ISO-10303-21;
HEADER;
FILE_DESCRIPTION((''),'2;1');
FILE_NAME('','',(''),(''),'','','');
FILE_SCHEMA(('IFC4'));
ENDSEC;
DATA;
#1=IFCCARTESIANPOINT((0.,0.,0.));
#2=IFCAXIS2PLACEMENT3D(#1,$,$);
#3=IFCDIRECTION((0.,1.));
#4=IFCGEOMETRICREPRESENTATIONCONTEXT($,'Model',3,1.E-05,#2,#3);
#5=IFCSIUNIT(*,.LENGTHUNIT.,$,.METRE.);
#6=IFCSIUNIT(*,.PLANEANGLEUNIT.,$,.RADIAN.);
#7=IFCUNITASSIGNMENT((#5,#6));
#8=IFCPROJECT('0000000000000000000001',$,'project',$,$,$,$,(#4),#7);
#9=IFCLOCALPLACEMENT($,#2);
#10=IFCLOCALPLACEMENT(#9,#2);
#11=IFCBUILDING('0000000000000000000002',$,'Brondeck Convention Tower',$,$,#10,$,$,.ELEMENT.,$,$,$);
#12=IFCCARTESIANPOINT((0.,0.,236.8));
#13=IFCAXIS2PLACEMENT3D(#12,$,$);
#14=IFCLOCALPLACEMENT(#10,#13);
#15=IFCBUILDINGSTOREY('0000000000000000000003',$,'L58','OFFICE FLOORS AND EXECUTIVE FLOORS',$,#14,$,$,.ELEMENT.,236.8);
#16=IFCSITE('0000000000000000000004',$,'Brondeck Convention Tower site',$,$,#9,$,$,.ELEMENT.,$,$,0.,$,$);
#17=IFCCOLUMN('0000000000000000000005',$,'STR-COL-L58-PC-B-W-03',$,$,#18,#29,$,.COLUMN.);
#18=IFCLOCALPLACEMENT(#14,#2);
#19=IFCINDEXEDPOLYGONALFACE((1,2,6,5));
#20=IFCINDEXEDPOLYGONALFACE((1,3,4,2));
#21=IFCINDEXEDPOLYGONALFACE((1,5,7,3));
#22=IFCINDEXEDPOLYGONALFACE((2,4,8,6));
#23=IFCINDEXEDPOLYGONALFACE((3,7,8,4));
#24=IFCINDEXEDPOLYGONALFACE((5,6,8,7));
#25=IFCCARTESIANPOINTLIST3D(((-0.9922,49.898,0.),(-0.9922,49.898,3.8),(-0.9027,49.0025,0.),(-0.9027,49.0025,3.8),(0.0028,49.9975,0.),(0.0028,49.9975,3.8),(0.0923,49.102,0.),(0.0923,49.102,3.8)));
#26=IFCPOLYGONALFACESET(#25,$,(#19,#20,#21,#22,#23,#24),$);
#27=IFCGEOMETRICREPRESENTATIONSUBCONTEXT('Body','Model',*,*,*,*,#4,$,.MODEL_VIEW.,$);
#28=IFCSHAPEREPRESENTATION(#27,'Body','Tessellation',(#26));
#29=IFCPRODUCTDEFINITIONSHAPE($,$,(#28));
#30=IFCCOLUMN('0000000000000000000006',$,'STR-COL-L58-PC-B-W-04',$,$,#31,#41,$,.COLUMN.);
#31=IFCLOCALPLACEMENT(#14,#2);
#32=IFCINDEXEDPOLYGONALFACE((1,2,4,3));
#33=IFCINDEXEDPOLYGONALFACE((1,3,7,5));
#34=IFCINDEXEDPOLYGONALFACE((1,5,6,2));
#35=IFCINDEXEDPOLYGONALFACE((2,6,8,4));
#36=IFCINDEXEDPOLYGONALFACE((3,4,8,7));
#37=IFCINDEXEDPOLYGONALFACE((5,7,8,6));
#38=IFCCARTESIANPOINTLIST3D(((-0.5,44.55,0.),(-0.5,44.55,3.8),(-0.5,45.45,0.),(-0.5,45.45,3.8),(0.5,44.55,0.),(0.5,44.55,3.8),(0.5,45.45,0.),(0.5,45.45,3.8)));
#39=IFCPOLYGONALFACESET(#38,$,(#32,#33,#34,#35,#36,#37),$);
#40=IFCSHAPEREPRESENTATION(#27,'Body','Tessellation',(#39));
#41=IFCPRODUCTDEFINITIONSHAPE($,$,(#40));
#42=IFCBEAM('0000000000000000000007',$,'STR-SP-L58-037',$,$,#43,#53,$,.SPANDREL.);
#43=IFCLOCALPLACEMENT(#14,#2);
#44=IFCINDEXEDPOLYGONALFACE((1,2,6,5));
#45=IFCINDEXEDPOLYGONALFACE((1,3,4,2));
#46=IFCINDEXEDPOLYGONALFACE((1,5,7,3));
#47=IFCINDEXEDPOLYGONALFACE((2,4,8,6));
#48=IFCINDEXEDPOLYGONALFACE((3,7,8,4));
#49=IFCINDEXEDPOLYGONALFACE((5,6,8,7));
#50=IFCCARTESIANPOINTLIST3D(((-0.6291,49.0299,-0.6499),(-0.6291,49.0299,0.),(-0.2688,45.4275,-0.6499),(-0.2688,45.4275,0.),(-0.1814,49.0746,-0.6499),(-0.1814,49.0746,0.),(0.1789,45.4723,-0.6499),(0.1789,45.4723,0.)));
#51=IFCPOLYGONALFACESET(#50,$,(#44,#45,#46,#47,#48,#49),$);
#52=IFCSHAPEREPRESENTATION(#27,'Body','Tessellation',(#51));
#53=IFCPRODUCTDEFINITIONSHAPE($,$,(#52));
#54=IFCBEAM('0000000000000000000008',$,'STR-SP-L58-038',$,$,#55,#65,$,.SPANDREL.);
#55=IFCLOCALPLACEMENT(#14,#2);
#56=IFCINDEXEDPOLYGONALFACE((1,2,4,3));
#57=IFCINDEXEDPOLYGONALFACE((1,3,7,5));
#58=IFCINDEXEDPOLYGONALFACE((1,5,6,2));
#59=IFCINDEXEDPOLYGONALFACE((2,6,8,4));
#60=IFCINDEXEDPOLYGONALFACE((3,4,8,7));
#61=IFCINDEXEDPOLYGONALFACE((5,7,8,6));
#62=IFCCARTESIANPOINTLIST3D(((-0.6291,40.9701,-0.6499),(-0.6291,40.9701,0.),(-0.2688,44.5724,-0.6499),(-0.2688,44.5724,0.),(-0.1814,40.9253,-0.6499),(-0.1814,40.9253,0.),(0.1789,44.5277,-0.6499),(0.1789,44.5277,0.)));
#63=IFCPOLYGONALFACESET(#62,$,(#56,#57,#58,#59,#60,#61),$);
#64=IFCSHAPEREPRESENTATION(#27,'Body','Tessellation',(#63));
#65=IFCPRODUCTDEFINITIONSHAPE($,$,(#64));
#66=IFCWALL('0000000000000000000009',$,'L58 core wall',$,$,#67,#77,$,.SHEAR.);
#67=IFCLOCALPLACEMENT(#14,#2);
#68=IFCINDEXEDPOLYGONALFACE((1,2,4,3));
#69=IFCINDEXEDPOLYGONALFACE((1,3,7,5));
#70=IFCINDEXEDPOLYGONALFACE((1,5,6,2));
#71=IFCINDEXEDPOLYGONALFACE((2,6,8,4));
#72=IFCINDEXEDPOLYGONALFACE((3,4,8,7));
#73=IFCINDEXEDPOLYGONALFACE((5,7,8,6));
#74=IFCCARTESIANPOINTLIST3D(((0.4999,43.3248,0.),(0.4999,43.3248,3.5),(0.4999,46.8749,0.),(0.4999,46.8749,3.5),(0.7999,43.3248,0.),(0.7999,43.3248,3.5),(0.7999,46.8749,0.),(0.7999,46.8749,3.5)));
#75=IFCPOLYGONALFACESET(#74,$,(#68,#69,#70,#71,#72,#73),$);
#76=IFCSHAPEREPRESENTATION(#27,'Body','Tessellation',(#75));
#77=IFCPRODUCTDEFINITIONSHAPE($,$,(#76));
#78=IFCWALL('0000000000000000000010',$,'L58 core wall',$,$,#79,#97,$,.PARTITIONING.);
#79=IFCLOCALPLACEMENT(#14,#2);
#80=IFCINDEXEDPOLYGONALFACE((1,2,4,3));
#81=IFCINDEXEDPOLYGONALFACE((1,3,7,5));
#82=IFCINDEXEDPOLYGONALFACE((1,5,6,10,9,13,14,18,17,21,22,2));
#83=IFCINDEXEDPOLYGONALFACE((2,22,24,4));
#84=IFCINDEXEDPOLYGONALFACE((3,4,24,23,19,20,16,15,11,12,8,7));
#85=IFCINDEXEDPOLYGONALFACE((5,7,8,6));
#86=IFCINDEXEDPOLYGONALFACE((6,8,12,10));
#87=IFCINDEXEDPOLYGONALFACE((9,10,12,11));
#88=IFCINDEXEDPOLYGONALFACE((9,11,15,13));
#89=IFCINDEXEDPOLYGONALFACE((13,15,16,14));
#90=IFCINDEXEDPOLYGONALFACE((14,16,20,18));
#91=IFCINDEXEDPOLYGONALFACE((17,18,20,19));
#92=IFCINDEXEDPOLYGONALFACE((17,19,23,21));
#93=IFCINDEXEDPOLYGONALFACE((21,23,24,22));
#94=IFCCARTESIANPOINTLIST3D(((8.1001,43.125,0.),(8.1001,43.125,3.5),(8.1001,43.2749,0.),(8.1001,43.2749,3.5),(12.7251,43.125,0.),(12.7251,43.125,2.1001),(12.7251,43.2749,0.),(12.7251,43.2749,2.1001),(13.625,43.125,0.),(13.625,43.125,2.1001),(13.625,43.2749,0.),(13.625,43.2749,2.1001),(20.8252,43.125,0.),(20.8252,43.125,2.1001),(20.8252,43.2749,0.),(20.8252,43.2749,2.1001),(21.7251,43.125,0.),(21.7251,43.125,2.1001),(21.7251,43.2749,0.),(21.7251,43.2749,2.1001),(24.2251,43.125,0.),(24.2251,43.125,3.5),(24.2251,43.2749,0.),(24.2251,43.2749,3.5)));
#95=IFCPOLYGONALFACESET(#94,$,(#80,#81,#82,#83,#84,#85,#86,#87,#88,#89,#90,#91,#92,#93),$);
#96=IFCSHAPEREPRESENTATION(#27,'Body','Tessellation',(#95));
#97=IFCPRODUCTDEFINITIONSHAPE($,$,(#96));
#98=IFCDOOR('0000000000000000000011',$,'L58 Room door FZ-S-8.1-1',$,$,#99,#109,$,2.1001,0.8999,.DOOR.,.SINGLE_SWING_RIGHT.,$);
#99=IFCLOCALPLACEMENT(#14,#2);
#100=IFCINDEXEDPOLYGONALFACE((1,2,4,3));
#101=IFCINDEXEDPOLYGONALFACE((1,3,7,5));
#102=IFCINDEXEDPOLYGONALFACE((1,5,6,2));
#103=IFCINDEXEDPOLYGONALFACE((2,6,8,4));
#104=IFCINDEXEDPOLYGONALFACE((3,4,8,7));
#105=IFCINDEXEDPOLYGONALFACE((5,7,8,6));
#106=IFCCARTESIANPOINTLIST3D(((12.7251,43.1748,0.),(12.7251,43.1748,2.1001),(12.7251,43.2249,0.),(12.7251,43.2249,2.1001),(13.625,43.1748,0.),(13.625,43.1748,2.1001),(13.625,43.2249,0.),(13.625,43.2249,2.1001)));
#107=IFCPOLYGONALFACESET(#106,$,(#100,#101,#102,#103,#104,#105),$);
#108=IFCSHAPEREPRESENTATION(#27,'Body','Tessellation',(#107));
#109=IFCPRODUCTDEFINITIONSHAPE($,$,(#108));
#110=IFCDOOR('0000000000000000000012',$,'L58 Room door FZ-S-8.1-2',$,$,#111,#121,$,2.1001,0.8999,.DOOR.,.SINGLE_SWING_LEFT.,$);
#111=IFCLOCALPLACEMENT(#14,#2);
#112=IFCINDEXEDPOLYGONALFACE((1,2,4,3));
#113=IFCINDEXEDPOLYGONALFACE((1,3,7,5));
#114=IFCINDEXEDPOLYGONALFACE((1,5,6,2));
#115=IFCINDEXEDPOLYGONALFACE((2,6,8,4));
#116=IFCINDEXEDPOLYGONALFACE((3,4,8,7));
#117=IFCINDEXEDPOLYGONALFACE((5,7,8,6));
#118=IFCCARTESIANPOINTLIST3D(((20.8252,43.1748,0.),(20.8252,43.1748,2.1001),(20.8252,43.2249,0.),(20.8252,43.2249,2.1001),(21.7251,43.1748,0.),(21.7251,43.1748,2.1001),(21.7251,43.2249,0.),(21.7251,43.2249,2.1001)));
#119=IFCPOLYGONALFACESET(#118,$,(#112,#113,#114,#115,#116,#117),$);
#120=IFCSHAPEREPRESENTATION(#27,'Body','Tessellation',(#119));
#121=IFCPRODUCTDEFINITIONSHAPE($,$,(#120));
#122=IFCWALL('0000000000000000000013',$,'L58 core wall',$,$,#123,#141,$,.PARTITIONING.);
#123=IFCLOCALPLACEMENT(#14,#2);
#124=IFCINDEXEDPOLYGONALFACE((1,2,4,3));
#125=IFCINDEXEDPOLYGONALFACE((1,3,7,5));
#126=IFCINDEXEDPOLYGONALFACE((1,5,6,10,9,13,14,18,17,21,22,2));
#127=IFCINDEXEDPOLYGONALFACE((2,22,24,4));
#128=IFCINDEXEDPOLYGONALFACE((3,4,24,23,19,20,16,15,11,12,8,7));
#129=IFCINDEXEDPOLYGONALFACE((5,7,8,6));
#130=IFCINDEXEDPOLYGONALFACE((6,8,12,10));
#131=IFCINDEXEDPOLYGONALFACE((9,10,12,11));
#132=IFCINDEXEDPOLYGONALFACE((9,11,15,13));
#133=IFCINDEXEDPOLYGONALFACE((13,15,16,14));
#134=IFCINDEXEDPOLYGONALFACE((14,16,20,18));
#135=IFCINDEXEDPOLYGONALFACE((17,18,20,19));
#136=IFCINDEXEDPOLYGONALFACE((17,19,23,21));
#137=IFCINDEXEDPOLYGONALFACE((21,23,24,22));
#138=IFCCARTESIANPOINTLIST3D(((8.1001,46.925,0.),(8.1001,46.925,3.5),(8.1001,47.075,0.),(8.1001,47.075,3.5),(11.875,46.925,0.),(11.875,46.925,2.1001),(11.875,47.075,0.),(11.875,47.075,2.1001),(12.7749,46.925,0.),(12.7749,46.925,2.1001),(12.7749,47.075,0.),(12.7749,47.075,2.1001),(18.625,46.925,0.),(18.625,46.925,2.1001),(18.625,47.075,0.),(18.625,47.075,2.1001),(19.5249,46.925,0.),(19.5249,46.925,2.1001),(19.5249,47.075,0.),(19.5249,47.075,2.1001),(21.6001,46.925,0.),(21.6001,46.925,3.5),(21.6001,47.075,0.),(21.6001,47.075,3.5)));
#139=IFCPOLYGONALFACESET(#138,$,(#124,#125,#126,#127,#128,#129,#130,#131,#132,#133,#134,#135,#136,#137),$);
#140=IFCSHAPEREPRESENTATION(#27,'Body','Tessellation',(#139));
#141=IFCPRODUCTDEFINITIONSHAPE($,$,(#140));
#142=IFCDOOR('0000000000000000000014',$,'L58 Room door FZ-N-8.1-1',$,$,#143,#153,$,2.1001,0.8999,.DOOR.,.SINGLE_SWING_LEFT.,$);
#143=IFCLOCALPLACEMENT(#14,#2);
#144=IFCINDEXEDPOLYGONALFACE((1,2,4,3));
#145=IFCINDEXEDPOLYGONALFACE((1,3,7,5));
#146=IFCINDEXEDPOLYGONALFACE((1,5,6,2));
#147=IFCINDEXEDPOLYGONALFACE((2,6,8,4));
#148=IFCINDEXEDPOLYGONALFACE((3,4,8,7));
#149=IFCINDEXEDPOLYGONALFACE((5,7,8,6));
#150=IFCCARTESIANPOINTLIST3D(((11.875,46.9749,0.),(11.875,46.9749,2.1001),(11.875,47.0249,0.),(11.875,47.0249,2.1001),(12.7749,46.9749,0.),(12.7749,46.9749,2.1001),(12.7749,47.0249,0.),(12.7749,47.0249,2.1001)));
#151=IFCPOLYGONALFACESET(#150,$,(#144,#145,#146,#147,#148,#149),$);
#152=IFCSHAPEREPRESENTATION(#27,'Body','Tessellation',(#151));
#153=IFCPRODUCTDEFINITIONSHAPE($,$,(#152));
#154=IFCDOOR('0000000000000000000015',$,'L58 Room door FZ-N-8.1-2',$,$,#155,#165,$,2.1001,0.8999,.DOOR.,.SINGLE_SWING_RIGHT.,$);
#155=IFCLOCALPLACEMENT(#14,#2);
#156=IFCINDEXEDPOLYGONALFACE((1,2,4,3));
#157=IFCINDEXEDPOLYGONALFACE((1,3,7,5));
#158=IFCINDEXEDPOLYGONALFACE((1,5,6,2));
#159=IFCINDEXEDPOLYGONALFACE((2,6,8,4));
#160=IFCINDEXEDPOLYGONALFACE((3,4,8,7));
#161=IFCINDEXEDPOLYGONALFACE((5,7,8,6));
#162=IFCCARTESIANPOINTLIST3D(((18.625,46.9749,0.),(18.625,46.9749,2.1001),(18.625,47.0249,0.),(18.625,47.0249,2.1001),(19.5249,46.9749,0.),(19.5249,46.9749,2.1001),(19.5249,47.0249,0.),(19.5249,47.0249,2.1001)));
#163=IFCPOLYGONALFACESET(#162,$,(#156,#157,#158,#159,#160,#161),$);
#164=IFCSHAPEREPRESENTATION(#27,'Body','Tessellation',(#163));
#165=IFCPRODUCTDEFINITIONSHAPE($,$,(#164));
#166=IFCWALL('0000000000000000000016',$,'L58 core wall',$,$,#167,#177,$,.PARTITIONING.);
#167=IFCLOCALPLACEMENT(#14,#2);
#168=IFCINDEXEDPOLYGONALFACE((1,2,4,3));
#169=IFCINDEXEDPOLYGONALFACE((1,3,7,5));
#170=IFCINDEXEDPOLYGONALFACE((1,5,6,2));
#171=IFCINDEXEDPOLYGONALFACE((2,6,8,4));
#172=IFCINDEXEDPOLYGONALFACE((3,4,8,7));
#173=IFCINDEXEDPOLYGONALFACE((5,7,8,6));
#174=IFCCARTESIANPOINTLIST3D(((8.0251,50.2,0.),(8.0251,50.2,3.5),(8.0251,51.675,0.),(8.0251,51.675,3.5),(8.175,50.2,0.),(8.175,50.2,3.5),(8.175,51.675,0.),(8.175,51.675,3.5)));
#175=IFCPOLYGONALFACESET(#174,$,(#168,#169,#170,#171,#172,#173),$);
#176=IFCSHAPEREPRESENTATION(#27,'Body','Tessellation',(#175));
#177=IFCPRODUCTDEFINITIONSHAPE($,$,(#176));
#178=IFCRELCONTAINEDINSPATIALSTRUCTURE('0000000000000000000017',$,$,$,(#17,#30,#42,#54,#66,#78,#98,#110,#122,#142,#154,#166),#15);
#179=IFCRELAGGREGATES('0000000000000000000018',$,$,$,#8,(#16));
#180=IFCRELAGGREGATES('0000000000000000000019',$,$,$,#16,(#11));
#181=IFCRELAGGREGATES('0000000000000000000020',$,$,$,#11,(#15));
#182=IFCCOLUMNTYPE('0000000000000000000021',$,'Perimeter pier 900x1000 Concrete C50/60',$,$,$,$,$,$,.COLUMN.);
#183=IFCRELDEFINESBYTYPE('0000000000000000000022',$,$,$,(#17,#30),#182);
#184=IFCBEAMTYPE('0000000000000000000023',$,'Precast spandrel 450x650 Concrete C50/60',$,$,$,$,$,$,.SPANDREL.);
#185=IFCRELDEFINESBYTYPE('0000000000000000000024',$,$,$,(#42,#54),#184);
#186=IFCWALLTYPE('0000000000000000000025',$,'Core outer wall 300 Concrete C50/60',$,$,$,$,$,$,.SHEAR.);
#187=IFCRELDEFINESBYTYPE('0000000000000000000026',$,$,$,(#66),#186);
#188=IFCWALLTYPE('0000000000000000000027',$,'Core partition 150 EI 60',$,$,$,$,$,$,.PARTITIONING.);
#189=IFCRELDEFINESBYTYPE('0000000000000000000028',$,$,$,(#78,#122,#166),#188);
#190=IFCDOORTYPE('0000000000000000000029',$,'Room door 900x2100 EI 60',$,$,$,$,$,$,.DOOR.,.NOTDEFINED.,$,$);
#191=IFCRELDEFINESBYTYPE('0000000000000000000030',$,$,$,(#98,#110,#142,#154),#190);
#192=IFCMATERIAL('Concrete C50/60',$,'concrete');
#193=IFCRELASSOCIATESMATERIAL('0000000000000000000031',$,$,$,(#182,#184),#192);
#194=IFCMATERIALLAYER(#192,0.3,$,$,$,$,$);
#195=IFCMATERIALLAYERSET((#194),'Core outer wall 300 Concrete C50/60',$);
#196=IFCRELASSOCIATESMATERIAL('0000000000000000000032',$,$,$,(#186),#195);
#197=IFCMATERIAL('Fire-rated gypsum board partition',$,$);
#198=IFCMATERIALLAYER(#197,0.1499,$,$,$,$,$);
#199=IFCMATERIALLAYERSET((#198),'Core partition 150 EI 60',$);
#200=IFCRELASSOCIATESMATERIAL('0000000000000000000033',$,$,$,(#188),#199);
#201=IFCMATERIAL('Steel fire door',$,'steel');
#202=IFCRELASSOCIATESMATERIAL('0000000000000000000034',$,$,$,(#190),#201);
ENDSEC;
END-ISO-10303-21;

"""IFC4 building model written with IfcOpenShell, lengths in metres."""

from ifc_helpers import new_model, si_unit, direction, frame, frame_2d, origin, origin_2d, place, context, subcontext, project, spatial, rectangle, extrude, material, layer, layer_set, material_profile, profile_set, type_object, element, fill, save


model = new_model("IFC4")

# Units and contexts
model_context = context("Model", 3, precision=1e-05, world=origin(), true_north=direction((0.0, 1.0)))
body_context = subcontext(model_context, "Body", "Model", "MODEL_VIEW")
ifc_project = project(units=[si_unit("LENGTHUNIT", "METRE"), si_unit("PLANEANGLEUNIT", "RADIAN")], contexts=[model_context])

# Site, building, storey
site_placement = place(None, origin())
site = spatial("IfcSite", under=ifc_project, at=site_placement, Name="Brondeck Convention Tower site", CompositionType="ELEMENT", RefElevation=0.0)
building_placement = place(site_placement, origin())
building = spatial("IfcBuilding", under=site, at=building_placement, Name="Brondeck Convention Tower", CompositionType="ELEMENT")
storey_placement = place(building_placement, frame((0.0, 0.0, 236.8)))
storey = spatial("IfcBuildingStorey", under=building, at=storey_placement, Name="L58", Description="OFFICE FLOORS AND EXECUTIVE FLOORS", CompositionType="ELEMENT", Elevation=236.8)

# Columns
ifc_material_1 = material(Name="Concrete C50/60", Category="concrete")
ifc_material_profile_1 = material_profile(ifc_material_1, rectangle(XDim=0.8999, YDim=1.0, at=origin_2d()), Name="Perimeter pier 900x1000 Concrete C50/60")
ifc_profile_set_1 = profile_set([ifc_material_profile_1], Name="Concrete C50/60")
column_type = type_object("IfcColumnType", Name="Perimeter pier 900x1000 Concrete C50/60", PredefinedType="COLUMN", material=ifc_profile_set_1)
for number, where, z_axis, x_axis, name in (
    (1, (-0.45, 49.5, 0.0), (0.0, 0.0, 1.0), (0.099504, -0.995037, 0.0), "STR-COL-L58-PC-B-W-03"),
    (2, (0.0, 45.0, 0.0), (0.0, 0.0, 1.0), (0.0, -1.0, 0.0), "STR-COL-L58-PC-B-W-04"),
):
    element("IfcColumn", number, at=place(storey_placement, frame(where, z_axis=z_axis, x_axis=x_axis)), inside=storey, type_object=column_type, Name=name, PredefinedType="COLUMN", context=body_context, shape_type="SweptSolid", body=[
        extrude(rectangle(XDim=0.8999, YDim=1.0, at=origin_2d()), origin(), (0.0, 0.0, 1.0), 3.8),
    ])

# Beams
ifc_material_profile_2 = material_profile(ifc_material_1, rectangle(XDim=0.45, YDim=0.6499, at=origin_2d()), Name="Precast spandrel 450x650 Concrete C50/60")
ifc_profile_set_2 = profile_set([ifc_material_profile_2], Name="Concrete C50/60")
beam_type = type_object("IfcBeamType", Name="Precast spandrel 450x650 Concrete C50/60", PredefinedType="SPANDREL", material=ifc_profile_set_2)
for number, where, z_axis, x_axis, name in (
    (3, (-0.4053, 49.0522, -0.325), (0.099537, -0.995034, 0.0), (0.995034, 0.099537, 0.0), "STR-SP-L58-037"),
    (4, (-0.0449, 44.55, -0.325), (-0.099537, -0.995034, 0.0), (0.995034, -0.099537, 0.0), "STR-SP-L58-038"),
):
    element("IfcBeam", number, at=place(storey_placement, frame(where, z_axis=z_axis, x_axis=x_axis)), inside=storey, type_object=beam_type, Name=name, PredefinedType="SPANDREL", context=body_context, shape_type="SweptSolid", body=[
        extrude(rectangle(XDim=0.45, YDim=0.6499, at=origin_2d()), origin(), (0.0, 0.0, 1.0), 3.6204),
    ])

# Wall
ifc_layer_1 = layer(ifc_material_1, 0.3)
ifc_layer_set_1 = layer_set([ifc_layer_1], Name="Core outer wall 300 Concrete C50/60")
wall_type_1 = type_object("IfcWallType", Name="Core outer wall 300 Concrete C50/60", PredefinedType="SHEAR", material=ifc_layer_set_1)
wall_1_placement = place(storey_placement, frame((0.6499, 43.325, 0.0), z_axis=(0.0, 0.0, 1.0), x_axis=(0.0, 1.0, 0.0)))
element("IfcWall", 5, at=wall_1_placement, inside=storey, type_object=wall_type_1, Name="L58 core wall", PredefinedType="SHEAR", context=body_context, shape_type="SweptSolid", body=[
    extrude(rectangle(XDim=3.55, YDim=0.3, at=frame_2d((1.7749, 0.0))), origin(), (0.0, 0.0, 1.0), 3.5),
])

# Walls, openings, doors
ifc_material_2 = material(Name="Fire-rated gypsum board partition")
ifc_layer_2 = layer(ifc_material_2, 0.1499)
ifc_layer_set_2 = layer_set([ifc_layer_2], Name="Core partition 150 EI 60")
wall_type_2 = type_object("IfcWallType", Name="Core partition 150 EI 60", PredefinedType="PARTITIONING", material=ifc_layer_set_2)
wall_2_placement = place(storey_placement, frame((8.1001, 43.2, 0.0), z_axis=(0.0, 0.0, 1.0), x_axis=(1.0, 0.0, 0.0)))
wall_2 = element("IfcWall", 6, at=wall_2_placement, inside=storey, type_object=wall_type_2, Name="L58 core wall", PredefinedType="PARTITIONING", context=body_context, shape_type="SweptSolid", body=[
    extrude(rectangle(XDim=16.125, YDim=0.1499, at=frame_2d((8.0625, 0.0))), origin(), (0.0, 0.0, 1.0), 3.5),
])
opening_1_placement = place(wall_2_placement, frame((4.625, 0.0, 0.0)))
opening_1 = element("IfcOpeningElement", 7, at=opening_1_placement, cuts=wall_2, PredefinedType="OPENING", context=body_context, shape_type="SweptSolid", body=[
    extrude(rectangle(XDim=0.8999, YDim=2.1001, at=frame_2d((0.45, 1.05))), frame((0.0, 0.085, 0.0), z_axis=(0.0, -1.0, 0.0), x_axis=(1.0, 0.0, 0.0)), (0.0, 0.0, 1.0), 0.1699),
])
opening_2_placement = place(wall_2_placement, frame((12.7251, 0.0, 0.0)))
opening_2 = element("IfcOpeningElement", 8, at=opening_2_placement, cuts=wall_2, PredefinedType="OPENING", context=body_context, shape_type="SweptSolid", body=[
    extrude(rectangle(XDim=0.8999, YDim=2.1001, at=frame_2d((0.45, 1.05))), frame((0.0, 0.085, 0.0), z_axis=(0.0, -1.0, 0.0), x_axis=(1.0, 0.0, 0.0)), (0.0, 0.0, 1.0), 0.1699),
])
ifc_material_3 = material(Name="Steel fire door", Category="steel")
door_type_1 = type_object("IfcDoorType", Name="Room door 900x2100 EI 60", OperationType="NOTDEFINED", PredefinedType="DOOR", material=ifc_material_3)
door_1_placement = place(opening_1_placement, origin())
door_1 = element("IfcDoor", 9, at=door_1_placement, inside=storey, type_object=door_type_1, Name="L58 Room door FZ-S-8.1-1", OperationType="SINGLE_SWING_RIGHT", OverallHeight=2.1001, OverallWidth=0.8999, PredefinedType="DOOR", context=body_context, shape_type="SweptSolid", body=[
    extrude(rectangle(XDim=0.8999, YDim=2.1001, at=frame_2d((0.45, 1.05))), frame((0.0, 0.0249, 0.0), z_axis=(0.0, -1.0, 0.0), x_axis=(1.0, 0.0, 0.0)), (0.0, 0.0, 1.0), 0.05),
])
fill(opening_1, door_1)
door_2_placement = place(opening_2_placement, origin())
door_2 = element("IfcDoor", 10, at=door_2_placement, inside=storey, type_object=door_type_1, Name="L58 Room door FZ-S-8.1-2", OperationType="SINGLE_SWING_LEFT", OverallHeight=2.1001, OverallWidth=0.8999, PredefinedType="DOOR", context=body_context, shape_type="SweptSolid", body=[
    extrude(rectangle(XDim=0.8999, YDim=2.1001, at=frame_2d((0.45, 1.05))), frame((0.0, 0.0249, 0.0), z_axis=(0.0, -1.0, 0.0), x_axis=(1.0, 0.0, 0.0)), (0.0, 0.0, 1.0), 0.05),
])
fill(opening_2, door_2)
wall_3_placement = place(storey_placement, frame((8.1001, 47.0, 0.0), z_axis=(0.0, 0.0, 1.0), x_axis=(1.0, 0.0, 0.0)))
wall_3 = element("IfcWall", 11, at=wall_3_placement, inside=storey, type_object=wall_type_2, Name="L58 core wall", PredefinedType="PARTITIONING", context=body_context, shape_type="SweptSolid", body=[
    extrude(rectangle(XDim=13.5, YDim=0.1499, at=frame_2d((6.75, 0.0))), origin(), (0.0, 0.0, 1.0), 3.5),
])
opening_3_placement = place(wall_3_placement, frame((3.7749, 0.0, 0.0)))
opening_3 = element("IfcOpeningElement", 12, at=opening_3_placement, cuts=wall_3, PredefinedType="OPENING", context=body_context, shape_type="SweptSolid", body=[
    extrude(rectangle(XDim=0.8999, YDim=2.1001, at=frame_2d((0.45, 1.05))), frame((0.0, 0.085, 0.0), z_axis=(0.0, -1.0, 0.0), x_axis=(1.0, 0.0, 0.0)), (0.0, 0.0, 1.0), 0.1699),
])
opening_4_placement = place(wall_3_placement, frame((10.5249, 0.0, 0.0)))
opening_4 = element("IfcOpeningElement", 13, at=opening_4_placement, cuts=wall_3, PredefinedType="OPENING", context=body_context, shape_type="SweptSolid", body=[
    extrude(rectangle(XDim=0.8999, YDim=2.1001, at=frame_2d((0.45, 1.05))), frame((0.0, 0.085, 0.0), z_axis=(0.0, -1.0, 0.0), x_axis=(1.0, 0.0, 0.0)), (0.0, 0.0, 1.0), 0.1699),
])
door_3_placement = place(opening_3_placement, origin())
door_3 = element("IfcDoor", 14, at=door_3_placement, inside=storey, type_object=door_type_1, Name="L58 Room door FZ-N-8.1-1", OperationType="SINGLE_SWING_LEFT", OverallHeight=2.1001, OverallWidth=0.8999, PredefinedType="DOOR", context=body_context, shape_type="SweptSolid", body=[
    extrude(rectangle(XDim=0.8999, YDim=2.1001, at=frame_2d((0.45, 1.05))), frame((0.0, 0.0249, 0.0), z_axis=(0.0, -1.0, 0.0), x_axis=(1.0, 0.0, 0.0)), (0.0, 0.0, 1.0), 0.05),
])
fill(opening_3, door_3)
door_4_placement = place(opening_4_placement, origin())
door_4 = element("IfcDoor", 15, at=door_4_placement, inside=storey, type_object=door_type_1, Name="L58 Room door FZ-N-8.1-2", OperationType="SINGLE_SWING_RIGHT", OverallHeight=2.1001, OverallWidth=0.8999, PredefinedType="DOOR", context=body_context, shape_type="SweptSolid", body=[
    extrude(rectangle(XDim=0.8999, YDim=2.1001, at=frame_2d((0.45, 1.05))), frame((0.0, 0.0249, 0.0), z_axis=(0.0, -1.0, 0.0), x_axis=(1.0, 0.0, 0.0)), (0.0, 0.0, 1.0), 0.05),
])
fill(opening_4, door_4)

# Wall
wall_4_placement = place(storey_placement, frame((8.1001, 50.2, 0.0), z_axis=(0.0, 0.0, 1.0), x_axis=(0.0, 1.0, 0.0)))
element("IfcWall", 16, at=wall_4_placement, inside=storey, type_object=wall_type_2, Name="L58 core wall", PredefinedType="PARTITIONING", context=body_context, shape_type="SweptSolid", body=[
    extrude(rectangle(XDim=1.4751, YDim=0.1499, at=frame_2d((0.7375, 0.0))), origin(), (0.0, 0.0, 1.0), 3.5),
])

save(model, "model.ifc")
